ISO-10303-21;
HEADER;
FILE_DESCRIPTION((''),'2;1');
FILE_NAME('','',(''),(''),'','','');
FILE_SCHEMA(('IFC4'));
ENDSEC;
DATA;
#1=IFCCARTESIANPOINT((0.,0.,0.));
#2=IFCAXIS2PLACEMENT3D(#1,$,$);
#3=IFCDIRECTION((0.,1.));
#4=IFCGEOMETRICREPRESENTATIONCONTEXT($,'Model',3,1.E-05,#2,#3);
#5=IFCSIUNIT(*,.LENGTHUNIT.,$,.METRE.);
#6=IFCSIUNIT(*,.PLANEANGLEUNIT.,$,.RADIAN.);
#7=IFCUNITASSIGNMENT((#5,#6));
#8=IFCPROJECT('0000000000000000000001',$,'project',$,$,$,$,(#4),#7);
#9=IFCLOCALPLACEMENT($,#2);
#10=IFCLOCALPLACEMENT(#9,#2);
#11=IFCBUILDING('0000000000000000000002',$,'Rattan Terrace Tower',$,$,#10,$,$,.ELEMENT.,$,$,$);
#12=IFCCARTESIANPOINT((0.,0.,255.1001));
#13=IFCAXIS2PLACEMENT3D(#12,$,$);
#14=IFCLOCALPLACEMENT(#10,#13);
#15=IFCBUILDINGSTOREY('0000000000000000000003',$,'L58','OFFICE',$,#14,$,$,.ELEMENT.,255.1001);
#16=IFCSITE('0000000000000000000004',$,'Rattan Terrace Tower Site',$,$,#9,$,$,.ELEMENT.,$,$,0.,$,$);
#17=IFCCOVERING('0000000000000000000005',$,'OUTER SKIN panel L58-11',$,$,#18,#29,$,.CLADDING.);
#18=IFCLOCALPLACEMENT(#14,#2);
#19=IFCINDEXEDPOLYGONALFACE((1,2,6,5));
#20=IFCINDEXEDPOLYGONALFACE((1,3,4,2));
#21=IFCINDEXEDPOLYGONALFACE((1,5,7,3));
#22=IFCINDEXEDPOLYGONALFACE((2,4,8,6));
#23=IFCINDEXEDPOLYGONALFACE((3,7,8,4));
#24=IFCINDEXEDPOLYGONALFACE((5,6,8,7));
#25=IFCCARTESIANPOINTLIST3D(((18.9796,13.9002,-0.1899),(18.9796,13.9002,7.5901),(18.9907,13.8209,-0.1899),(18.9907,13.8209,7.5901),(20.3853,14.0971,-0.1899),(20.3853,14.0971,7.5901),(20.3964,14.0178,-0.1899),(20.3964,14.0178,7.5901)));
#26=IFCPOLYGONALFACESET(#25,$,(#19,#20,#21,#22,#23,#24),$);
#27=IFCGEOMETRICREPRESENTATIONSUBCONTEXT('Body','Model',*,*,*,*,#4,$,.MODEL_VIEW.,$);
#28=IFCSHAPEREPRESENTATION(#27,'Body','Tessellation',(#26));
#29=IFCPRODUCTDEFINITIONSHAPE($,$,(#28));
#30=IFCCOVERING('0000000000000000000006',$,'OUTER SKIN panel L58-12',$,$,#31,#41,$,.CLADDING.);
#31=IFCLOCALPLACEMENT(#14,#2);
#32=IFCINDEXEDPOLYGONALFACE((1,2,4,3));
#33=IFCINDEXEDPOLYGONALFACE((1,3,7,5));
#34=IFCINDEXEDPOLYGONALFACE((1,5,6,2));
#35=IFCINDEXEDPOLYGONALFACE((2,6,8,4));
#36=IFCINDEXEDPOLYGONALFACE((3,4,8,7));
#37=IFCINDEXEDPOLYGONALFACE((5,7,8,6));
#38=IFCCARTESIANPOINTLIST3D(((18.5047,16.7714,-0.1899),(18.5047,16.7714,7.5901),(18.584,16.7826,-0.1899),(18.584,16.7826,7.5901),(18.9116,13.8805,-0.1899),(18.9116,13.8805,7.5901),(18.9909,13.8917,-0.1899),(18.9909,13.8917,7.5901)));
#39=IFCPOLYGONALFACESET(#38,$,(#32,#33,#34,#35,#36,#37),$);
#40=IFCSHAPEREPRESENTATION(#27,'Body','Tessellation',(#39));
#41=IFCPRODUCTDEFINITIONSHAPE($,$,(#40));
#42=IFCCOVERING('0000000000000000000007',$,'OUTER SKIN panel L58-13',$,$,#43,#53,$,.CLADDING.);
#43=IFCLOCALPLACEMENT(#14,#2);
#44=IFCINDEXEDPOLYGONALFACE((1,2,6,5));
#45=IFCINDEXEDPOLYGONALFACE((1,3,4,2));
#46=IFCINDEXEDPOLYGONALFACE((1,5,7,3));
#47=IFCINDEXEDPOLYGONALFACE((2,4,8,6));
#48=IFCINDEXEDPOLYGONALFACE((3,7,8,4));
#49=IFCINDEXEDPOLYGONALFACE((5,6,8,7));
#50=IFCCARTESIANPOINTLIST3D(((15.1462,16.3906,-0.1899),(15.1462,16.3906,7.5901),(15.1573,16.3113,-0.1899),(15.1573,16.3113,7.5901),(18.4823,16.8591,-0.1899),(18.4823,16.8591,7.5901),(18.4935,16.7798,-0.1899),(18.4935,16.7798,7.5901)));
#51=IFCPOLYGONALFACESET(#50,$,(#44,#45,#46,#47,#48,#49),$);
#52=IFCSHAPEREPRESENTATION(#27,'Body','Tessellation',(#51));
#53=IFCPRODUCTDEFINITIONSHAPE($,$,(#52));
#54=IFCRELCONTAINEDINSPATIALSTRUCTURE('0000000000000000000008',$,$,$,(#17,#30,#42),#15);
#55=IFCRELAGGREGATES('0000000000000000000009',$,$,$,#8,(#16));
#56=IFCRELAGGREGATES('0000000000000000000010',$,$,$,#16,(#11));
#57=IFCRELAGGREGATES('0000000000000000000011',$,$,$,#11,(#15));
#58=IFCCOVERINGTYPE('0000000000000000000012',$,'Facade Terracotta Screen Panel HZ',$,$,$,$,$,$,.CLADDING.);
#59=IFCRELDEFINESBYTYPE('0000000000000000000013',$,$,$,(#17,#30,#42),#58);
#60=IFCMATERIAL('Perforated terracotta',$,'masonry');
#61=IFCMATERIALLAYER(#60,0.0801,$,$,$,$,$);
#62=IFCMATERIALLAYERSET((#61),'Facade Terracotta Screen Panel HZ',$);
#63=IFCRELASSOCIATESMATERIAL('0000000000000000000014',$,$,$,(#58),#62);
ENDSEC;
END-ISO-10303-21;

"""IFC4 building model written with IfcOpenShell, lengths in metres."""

from ifc_helpers import new_model, si_unit, direction, frame, origin, origin_2d, place, context, subcontext, project, spatial, rectangle, extrude, material, layer, layer_set, type_object, element, save


model = new_model("IFC4")

# Units and contexts
model_context = context("Model", 3, precision=1e-05, world=origin(), true_north=direction((0.0, 1.0)))
body_context = subcontext(model_context, "Body", "Model", "MODEL_VIEW")
ifc_project = project(units=[si_unit("LENGTHUNIT", "METRE"), si_unit("PLANEANGLEUNIT", "RADIAN")], contexts=[model_context])

# Site, building, storey
site_placement = place(None, origin())
site = spatial("IfcSite", under=ifc_project, at=site_placement, Name="Rattan Terrace Tower Site", CompositionType="ELEMENT", RefElevation=0.0)
building_placement = place(site_placement, origin())
building = spatial("IfcBuilding", under=site, at=building_placement, Name="Rattan Terrace Tower", CompositionType="ELEMENT")
storey_placement = place(building_placement, frame((0.0, 0.0, 255.1001)))
storey = spatial("IfcBuildingStorey", under=building, at=storey_placement, Name="L58", Description="OFFICE", CompositionType="ELEMENT", Elevation=255.1001)

# Coverings
ifc_material_1 = material(Name="Perforated terracotta", Category="masonry")
ifc_layer_1 = layer(ifc_material_1, 0.0801)
ifc_layer_set_1 = layer_set([ifc_layer_1], Name="Facade Terracotta Screen Panel HZ")
covering_type = type_object("IfcCoveringType", Name="Facade Terracotta Screen Panel HZ", PredefinedType="CLADDING", material=ifc_layer_set_1)
covering_1_placement = place(storey_placement, frame((19.688, 13.959, -0.1899), z_axis=(0.0, 0.0, 1.0), x_axis=(-0.990333, -0.138713, 0.0)))
element("IfcCovering", 1, at=covering_1_placement, inside=storey, type_object=covering_type, Name="OUTER SKIN panel L58-11", PredefinedType="CLADDING", context=body_context, shape_type="SweptSolid", body=[
    extrude(rectangle(XDim=1.4194, YDim=0.0801, at=origin_2d()), origin(), (0.0, 0.0, 1.0), 7.78),
])
covering_2_placement = place(storey_placement, frame((18.7478, 15.3315, -0.1899), z_axis=(0.0, 0.0, 1.0), x_axis=(-0.139367, 0.990241, 0.0)))
element("IfcCovering", 2, at=covering_2_placement, inside=storey, type_object=covering_type, Name="OUTER SKIN panel L58-12", PredefinedType="CLADDING", context=body_context, shape_type="SweptSolid", body=[
    extrude(rectangle(XDim=2.9194, YDim=0.0801, at=origin_2d()), origin(), (0.0, 0.0, 1.0), 7.78),
])
covering_3_placement = place(storey_placement, frame((16.8198, 16.5852, -0.1899), z_axis=(0.0, 0.0, 1.0), x_axis=(-0.990287, -0.13904, 0.0)))
element("IfcCovering", 3, at=covering_3_placement, inside=storey, type_object=covering_type, Name="OUTER SKIN panel L58-13", PredefinedType="CLADDING", context=body_context, shape_type="SweptSolid", body=[
    extrude(rectangle(XDim=3.3689, YDim=0.0801, at=origin_2d()), origin(), (0.0, 0.0, 1.0), 7.78),
])

save(model, "model.ifc")
